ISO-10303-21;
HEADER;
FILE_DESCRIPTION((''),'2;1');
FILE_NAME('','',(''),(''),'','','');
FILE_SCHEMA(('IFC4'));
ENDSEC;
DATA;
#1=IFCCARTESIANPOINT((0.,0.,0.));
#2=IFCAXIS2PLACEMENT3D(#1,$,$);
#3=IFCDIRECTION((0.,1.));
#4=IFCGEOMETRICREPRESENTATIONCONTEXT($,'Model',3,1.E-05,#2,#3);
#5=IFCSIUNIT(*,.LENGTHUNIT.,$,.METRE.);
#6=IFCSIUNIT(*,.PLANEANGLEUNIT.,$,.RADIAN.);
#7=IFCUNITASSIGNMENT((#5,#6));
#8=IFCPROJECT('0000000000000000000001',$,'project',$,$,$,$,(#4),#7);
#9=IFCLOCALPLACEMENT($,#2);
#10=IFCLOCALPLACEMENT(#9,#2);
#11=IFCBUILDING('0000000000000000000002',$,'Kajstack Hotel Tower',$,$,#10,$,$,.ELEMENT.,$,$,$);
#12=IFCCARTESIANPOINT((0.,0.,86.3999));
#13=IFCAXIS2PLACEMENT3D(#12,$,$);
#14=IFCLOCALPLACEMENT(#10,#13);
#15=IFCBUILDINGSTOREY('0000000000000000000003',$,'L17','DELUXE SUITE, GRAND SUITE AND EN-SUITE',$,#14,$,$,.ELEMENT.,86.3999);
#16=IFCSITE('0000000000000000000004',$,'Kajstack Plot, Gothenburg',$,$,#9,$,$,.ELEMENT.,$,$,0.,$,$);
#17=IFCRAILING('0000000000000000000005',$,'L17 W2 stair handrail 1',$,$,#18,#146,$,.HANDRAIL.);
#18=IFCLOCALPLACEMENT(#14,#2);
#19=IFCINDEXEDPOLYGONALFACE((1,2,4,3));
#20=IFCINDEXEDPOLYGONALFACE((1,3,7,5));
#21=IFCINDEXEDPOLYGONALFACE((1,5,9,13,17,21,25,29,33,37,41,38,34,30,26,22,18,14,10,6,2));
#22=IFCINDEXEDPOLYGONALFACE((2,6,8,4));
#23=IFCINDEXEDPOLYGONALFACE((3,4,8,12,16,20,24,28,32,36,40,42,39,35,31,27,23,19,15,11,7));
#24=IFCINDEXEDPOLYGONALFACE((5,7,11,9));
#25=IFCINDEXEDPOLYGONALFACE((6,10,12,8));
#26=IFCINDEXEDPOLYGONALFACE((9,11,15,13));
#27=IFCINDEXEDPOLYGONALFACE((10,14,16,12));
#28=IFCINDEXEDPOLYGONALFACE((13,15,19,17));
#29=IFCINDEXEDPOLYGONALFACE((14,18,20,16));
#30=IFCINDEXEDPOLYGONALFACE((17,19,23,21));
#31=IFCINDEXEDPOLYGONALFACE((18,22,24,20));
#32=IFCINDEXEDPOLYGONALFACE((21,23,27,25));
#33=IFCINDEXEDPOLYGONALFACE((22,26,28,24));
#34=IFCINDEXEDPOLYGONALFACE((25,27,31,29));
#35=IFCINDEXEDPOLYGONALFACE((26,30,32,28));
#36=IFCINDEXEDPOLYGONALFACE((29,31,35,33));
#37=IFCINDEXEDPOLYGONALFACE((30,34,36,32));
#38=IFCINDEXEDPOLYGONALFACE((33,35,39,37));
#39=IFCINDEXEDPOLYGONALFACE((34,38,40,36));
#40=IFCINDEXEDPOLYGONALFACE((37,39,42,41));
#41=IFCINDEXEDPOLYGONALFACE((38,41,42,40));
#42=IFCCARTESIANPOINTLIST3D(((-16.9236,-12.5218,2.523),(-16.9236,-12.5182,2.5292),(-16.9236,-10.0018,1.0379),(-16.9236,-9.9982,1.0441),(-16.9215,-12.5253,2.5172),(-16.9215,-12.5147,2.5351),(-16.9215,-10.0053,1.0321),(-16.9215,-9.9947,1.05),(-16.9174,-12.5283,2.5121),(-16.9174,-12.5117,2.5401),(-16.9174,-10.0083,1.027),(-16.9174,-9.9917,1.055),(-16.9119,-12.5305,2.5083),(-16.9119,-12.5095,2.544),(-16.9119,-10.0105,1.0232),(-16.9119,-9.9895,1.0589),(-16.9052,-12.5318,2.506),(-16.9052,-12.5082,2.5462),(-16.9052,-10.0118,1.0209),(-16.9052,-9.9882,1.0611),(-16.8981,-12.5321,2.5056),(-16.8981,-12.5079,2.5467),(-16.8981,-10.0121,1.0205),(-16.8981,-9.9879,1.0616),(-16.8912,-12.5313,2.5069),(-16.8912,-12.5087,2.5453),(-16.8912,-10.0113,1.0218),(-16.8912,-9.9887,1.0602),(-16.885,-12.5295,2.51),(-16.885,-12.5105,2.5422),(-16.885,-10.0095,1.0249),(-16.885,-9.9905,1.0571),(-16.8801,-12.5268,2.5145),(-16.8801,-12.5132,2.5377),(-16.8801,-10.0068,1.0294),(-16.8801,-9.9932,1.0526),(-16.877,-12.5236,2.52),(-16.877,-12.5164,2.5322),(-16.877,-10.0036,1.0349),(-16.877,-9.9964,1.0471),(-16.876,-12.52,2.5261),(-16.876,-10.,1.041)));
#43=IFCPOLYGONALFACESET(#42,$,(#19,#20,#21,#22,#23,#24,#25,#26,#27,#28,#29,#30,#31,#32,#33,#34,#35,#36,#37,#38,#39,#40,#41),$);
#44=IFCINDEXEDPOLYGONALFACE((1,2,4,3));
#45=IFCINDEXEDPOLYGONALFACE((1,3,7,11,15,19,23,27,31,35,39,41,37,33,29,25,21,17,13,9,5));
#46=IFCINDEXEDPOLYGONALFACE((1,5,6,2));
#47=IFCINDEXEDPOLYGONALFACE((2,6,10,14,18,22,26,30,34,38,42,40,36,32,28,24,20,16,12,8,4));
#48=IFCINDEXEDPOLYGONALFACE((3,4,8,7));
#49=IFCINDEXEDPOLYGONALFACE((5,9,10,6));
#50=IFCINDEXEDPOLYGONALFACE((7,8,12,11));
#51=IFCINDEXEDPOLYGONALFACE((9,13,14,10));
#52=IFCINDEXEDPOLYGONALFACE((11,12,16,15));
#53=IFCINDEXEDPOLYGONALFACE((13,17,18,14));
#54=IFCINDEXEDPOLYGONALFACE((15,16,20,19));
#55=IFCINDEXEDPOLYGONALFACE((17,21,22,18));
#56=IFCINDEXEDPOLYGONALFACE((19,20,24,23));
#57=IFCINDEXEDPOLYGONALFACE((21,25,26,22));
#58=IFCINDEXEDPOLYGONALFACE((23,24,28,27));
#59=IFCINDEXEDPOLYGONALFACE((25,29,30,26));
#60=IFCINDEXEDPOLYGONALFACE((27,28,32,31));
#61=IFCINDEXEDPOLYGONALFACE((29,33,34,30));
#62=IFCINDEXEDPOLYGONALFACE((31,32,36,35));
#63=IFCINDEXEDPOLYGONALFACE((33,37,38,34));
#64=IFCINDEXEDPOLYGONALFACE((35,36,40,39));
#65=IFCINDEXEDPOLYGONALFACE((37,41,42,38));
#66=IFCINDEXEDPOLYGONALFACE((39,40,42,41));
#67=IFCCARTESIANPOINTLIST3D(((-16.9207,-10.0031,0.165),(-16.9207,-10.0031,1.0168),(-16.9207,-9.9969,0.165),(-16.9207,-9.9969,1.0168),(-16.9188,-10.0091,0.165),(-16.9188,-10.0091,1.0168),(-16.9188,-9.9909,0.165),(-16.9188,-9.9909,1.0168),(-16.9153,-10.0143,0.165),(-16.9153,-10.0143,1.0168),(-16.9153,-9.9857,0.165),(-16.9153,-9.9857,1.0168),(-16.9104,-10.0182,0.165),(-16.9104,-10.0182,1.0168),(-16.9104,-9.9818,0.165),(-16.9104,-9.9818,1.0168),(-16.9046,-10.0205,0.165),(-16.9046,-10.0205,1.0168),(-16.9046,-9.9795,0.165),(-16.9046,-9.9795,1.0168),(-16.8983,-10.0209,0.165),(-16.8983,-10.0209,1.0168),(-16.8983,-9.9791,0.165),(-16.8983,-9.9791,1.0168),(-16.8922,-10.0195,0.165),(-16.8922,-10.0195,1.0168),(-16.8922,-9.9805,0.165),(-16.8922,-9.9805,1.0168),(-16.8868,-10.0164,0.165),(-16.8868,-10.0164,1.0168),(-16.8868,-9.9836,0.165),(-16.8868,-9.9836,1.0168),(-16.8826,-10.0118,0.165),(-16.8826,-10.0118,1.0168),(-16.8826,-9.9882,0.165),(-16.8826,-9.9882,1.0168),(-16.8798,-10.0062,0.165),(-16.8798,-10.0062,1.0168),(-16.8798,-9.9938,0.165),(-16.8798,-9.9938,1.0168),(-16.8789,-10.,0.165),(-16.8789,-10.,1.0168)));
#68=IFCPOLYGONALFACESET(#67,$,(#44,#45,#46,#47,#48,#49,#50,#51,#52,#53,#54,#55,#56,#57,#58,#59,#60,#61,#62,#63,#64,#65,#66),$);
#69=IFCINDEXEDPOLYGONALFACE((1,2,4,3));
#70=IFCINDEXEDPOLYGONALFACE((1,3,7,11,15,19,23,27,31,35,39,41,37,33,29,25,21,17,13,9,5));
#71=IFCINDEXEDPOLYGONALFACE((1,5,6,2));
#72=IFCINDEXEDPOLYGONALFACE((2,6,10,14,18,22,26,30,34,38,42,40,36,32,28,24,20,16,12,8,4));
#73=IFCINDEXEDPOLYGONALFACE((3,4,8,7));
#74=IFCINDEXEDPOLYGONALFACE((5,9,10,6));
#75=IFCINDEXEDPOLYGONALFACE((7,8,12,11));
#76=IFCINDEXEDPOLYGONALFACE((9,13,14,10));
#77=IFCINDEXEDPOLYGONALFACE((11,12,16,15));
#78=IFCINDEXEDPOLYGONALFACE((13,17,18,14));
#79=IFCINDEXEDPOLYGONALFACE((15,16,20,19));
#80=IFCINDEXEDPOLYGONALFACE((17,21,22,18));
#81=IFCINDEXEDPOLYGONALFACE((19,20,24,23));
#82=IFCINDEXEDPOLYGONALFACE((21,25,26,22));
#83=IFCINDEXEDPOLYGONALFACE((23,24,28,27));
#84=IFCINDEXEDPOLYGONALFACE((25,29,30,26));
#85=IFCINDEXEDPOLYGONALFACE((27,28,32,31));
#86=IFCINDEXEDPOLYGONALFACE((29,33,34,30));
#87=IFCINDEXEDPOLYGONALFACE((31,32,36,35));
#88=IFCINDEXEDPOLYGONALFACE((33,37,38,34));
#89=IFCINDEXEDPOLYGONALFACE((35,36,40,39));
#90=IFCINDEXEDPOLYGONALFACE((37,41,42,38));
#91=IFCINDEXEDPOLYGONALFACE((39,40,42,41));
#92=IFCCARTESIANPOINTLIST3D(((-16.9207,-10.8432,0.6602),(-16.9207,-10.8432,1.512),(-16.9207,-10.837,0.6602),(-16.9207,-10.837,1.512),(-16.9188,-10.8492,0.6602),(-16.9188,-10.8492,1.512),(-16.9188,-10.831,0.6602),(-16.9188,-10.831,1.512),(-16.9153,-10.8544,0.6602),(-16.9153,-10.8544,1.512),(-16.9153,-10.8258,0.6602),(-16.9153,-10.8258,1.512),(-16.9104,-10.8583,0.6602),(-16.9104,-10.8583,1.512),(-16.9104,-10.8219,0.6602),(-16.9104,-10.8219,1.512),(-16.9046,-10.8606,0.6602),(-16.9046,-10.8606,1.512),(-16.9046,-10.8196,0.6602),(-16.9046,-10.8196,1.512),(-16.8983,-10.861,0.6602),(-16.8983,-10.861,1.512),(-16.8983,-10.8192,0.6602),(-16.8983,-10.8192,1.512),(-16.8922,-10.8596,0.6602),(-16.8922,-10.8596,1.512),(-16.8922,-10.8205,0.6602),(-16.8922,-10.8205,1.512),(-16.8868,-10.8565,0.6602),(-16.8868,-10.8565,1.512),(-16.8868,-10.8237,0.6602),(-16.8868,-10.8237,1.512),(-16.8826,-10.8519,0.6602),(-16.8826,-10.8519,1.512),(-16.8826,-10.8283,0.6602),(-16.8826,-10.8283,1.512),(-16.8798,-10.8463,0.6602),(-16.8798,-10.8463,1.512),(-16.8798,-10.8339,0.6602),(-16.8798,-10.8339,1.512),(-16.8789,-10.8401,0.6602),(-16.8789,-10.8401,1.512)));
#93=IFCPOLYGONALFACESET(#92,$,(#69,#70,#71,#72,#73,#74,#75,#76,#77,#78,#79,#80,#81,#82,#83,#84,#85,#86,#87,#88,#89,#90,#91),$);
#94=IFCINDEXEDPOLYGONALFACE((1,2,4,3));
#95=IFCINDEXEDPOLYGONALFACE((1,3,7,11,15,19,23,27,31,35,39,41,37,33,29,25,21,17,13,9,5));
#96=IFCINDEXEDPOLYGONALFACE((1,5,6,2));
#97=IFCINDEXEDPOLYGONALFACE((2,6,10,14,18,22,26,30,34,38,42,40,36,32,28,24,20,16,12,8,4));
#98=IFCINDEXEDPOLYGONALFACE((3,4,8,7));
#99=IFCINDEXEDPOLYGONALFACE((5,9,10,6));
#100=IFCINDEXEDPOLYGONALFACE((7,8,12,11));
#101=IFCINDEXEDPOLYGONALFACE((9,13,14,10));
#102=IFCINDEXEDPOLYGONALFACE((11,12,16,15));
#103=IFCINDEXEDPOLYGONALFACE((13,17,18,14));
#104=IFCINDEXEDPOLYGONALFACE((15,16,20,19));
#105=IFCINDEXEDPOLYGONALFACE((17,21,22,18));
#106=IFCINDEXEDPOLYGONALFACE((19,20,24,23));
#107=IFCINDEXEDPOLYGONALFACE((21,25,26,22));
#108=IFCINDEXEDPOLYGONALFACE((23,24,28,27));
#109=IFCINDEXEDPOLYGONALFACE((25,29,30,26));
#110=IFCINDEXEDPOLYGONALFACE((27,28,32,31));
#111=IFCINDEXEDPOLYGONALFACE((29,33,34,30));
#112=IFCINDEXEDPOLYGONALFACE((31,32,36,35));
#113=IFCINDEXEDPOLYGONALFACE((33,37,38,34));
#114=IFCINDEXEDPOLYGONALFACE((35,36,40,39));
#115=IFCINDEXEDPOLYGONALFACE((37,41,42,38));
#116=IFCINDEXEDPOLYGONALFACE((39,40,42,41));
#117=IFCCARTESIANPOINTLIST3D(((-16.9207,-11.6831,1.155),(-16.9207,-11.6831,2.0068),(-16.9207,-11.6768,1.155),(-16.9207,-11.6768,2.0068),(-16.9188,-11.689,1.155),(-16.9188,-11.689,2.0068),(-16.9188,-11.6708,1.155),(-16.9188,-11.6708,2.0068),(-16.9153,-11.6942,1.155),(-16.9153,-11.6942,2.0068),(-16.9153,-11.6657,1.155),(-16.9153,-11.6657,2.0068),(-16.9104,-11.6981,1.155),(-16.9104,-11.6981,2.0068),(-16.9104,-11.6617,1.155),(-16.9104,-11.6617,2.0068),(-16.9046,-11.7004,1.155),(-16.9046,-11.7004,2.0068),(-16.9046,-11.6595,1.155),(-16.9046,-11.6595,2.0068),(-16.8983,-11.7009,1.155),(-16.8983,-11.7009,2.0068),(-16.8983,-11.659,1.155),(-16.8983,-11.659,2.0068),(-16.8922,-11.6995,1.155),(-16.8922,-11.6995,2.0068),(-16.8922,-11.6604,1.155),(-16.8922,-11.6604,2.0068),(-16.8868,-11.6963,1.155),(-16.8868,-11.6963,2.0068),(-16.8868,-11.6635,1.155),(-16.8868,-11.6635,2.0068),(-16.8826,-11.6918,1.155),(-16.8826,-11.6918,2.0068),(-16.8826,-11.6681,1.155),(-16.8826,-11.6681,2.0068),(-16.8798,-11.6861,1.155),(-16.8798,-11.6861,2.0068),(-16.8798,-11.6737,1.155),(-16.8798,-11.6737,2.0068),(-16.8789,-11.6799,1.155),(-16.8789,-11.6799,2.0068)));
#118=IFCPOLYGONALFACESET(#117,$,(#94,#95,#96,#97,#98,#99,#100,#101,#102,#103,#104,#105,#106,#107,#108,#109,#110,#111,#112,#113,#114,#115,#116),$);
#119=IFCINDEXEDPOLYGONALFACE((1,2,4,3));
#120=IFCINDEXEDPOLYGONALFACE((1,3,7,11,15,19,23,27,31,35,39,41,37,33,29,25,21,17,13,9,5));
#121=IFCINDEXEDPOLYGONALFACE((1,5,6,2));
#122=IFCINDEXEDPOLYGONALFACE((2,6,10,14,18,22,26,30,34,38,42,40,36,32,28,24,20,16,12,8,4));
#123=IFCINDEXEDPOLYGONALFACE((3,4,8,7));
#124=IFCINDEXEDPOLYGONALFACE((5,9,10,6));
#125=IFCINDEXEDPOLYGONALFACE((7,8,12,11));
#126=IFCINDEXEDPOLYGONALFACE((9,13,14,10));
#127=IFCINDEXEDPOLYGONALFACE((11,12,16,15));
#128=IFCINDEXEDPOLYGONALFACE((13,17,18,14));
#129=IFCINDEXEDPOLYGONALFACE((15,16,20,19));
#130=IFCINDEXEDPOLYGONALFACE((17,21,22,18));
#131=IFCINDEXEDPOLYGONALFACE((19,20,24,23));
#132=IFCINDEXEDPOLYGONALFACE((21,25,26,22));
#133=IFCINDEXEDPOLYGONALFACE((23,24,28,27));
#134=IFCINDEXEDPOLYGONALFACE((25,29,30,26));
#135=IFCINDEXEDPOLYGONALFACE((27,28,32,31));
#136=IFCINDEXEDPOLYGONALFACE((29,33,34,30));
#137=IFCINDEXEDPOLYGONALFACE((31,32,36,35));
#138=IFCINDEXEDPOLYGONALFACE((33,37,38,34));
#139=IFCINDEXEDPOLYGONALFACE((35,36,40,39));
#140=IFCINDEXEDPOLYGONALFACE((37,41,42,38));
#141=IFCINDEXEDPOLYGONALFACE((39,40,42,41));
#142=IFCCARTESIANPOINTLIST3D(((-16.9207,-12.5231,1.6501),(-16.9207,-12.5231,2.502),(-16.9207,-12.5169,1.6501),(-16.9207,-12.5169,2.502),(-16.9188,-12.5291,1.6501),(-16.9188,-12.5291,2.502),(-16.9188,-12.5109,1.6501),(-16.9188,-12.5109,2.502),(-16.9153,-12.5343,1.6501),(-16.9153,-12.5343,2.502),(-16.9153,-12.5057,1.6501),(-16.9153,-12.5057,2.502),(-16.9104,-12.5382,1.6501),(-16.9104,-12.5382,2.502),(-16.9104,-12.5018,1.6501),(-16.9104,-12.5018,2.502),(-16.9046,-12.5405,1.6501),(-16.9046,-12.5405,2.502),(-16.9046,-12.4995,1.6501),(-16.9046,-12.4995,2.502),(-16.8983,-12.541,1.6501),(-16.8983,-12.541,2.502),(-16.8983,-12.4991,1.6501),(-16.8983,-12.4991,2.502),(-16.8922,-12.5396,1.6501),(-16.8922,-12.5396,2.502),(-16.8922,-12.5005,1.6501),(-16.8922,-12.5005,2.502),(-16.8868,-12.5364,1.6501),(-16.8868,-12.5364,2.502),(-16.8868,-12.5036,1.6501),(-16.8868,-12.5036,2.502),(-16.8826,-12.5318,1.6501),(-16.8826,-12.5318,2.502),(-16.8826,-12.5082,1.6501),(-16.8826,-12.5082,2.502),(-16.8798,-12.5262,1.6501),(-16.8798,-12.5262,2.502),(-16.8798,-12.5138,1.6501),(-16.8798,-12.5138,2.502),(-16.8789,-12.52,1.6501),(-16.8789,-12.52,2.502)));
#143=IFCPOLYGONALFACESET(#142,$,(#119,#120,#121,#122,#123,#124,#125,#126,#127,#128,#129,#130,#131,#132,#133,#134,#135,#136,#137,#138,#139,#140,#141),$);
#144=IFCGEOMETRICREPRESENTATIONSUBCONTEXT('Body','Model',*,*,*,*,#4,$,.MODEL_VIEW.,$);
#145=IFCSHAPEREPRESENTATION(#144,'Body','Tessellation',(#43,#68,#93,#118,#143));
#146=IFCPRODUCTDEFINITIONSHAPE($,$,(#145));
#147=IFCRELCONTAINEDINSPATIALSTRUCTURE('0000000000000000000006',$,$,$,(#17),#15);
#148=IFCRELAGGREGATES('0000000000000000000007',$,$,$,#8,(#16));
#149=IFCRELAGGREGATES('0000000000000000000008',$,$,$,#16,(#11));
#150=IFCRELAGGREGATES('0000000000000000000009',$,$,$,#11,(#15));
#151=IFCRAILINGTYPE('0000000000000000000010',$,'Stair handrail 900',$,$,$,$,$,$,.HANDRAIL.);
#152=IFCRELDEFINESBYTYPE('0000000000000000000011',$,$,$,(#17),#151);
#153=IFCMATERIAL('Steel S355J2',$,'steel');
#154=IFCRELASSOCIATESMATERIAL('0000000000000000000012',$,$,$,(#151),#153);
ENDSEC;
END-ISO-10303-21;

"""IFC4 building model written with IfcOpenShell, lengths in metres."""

from ifc_helpers import new_model, si_unit, direction, frame, origin, origin_2d, place, context, subcontext, project, spatial, circle, extrude, material, type_object, element, save


model = new_model("IFC4")

# Units and contexts
model_context = context("Model", 3, precision=1e-05, world=origin(), true_north=direction((0.0, 1.0)))
body_context = subcontext(model_context, "Body", "Model", "MODEL_VIEW")
ifc_project = project(units=[si_unit("LENGTHUNIT", "METRE"), si_unit("PLANEANGLEUNIT", "RADIAN")], contexts=[model_context])

# Site, building, storey
site_placement = place(None, origin())
site = spatial("IfcSite", under=ifc_project, at=site_placement, Name="Kajstack Plot, Gothenburg", CompositionType="ELEMENT", RefElevation=0.0)
building_placement = place(site_placement, origin())
building = spatial("IfcBuilding", under=site, at=building_placement, Name="Kajstack Hotel Tower", CompositionType="ELEMENT")
storey_placement = place(building_placement, frame((0.0, 0.0, 86.3999)))
storey = spatial("IfcBuildingStorey", under=building, at=storey_placement, Name="L17", Description="DELUXE SUITE, GRAND SUITE AND EN-SUITE", CompositionType="ELEMENT", Elevation=86.3999)

# Railing
ifc_material_1 = material(Name="Steel S355J2", Category="steel")
railing_type_1 = type_object("IfcRailingType", Name="Stair handrail 900", PredefinedType="HANDRAIL", material=ifc_material_1)
railing_1_placement = place(storey_placement, frame((-16.8999, -10.0, 0.165)))
element("IfcRailing", 1, at=railing_1_placement, inside=storey, type_object=railing_type_1, Name="L17 W2 stair handrail 1", PredefinedType="HANDRAIL", context=body_context, shape_type="SweptSolid", body=[
    extrude(circle(Radius=0.0239, at=origin_2d()), frame((0.0, 0.0, 0.876), z_axis=(0.0, -0.861524, 0.507717), x_axis=(1.0, 0.0, 0.0)), (0.0, 0.0, 1.0), 2.925),
    extrude(circle(Radius=0.021, at=origin_2d()), origin(), (0.0, 0.0, 1.0), 0.8518),
    extrude(circle(Radius=0.021, at=origin_2d()), frame((0.0, -0.8401, 0.4951)), (0.0, 0.0, 1.0), 0.8518),
    extrude(circle(Radius=0.021, at=origin_2d()), frame((0.0, -1.6799, 0.99)), (0.0, 0.0, 1.0), 0.8518),
    extrude(circle(Radius=0.021, at=origin_2d()), frame((0.0, -2.52, 1.4851)), (0.0, 0.0, 1.0), 0.8518),
])

save(model, "model.ifc")
